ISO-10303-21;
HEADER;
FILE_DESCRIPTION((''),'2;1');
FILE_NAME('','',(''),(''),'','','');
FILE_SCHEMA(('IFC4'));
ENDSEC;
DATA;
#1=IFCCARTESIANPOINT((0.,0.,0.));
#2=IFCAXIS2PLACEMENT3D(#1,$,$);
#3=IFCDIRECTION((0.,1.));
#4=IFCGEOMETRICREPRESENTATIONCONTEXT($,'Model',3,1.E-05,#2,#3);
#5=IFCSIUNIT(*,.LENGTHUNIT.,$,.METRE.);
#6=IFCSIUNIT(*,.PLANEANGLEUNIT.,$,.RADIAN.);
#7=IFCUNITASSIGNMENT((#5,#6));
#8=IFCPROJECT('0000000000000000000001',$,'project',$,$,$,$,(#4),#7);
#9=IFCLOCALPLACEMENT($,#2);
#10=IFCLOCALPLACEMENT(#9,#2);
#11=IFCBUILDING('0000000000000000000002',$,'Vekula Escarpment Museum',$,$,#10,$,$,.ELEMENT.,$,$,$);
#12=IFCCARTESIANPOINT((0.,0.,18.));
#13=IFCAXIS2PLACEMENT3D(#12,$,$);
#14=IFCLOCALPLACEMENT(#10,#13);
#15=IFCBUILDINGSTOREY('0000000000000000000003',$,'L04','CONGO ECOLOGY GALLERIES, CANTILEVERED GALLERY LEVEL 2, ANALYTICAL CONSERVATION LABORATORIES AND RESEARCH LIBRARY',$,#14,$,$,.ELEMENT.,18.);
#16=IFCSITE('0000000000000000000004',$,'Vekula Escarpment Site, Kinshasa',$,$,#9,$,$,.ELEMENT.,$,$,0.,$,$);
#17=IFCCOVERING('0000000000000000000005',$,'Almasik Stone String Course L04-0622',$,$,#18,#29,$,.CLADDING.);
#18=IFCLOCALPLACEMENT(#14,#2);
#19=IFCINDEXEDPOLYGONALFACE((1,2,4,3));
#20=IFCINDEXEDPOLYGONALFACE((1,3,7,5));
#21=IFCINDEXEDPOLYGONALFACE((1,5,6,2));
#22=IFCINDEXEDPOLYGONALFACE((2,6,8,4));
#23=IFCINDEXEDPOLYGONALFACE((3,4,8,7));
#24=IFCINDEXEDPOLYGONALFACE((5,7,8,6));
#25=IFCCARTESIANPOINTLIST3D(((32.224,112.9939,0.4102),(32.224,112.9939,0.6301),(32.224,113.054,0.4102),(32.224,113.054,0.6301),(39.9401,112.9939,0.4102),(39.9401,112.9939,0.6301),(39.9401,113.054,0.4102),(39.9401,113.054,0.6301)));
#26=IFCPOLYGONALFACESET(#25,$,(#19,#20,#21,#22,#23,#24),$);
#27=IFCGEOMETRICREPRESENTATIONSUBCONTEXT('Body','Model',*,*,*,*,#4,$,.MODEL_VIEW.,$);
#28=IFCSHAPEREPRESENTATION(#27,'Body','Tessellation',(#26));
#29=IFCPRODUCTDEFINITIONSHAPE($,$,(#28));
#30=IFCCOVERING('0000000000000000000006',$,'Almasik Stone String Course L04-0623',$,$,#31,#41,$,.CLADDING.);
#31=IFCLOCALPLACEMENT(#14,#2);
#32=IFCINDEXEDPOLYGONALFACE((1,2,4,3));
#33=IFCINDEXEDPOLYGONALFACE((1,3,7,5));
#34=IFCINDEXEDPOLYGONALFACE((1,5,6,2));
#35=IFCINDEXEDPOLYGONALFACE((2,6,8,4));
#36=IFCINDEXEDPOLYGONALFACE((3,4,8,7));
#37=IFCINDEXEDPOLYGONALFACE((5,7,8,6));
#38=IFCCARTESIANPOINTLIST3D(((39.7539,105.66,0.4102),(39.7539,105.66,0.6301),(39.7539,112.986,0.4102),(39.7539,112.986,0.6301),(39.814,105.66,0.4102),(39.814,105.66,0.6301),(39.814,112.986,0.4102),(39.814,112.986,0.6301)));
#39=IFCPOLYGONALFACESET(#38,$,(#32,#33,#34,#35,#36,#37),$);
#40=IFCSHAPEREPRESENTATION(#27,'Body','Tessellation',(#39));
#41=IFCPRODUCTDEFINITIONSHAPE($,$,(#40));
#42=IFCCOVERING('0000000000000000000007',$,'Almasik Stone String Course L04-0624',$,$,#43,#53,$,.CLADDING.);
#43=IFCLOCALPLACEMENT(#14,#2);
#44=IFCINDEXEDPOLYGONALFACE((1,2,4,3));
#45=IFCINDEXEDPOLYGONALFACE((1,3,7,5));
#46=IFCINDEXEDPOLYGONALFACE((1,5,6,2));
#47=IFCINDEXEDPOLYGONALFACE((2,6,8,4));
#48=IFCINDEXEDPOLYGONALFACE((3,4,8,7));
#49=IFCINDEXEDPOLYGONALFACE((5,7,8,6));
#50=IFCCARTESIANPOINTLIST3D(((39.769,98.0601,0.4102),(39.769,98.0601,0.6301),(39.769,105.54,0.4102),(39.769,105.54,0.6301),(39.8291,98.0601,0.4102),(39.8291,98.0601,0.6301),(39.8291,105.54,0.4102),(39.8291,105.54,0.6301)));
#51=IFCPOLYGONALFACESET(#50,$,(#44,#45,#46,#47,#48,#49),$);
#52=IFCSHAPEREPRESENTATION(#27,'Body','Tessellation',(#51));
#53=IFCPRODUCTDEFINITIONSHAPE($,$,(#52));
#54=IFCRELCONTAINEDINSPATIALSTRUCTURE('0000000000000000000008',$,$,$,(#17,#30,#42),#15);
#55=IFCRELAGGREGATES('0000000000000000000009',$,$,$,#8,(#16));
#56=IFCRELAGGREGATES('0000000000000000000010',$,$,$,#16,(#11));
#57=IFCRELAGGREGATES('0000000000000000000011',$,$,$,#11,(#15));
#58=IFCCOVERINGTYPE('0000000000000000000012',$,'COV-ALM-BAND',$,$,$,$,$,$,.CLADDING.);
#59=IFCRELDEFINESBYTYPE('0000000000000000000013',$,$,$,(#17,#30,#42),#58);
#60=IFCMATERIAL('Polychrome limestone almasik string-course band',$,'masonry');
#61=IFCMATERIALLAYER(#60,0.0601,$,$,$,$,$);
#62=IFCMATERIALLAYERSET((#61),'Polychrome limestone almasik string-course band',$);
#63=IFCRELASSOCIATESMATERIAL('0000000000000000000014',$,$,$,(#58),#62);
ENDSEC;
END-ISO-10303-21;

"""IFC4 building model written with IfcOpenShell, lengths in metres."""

from ifc_helpers import new_model, si_unit, direction, frame, origin, origin_2d, place, context, subcontext, project, spatial, rectangle, extrude, material, layer, layer_set, type_object, element, save


model = new_model("IFC4")

# Units and contexts
model_context = context("Model", 3, precision=1e-05, world=origin(), true_north=direction((0.0, 1.0)))
body_context = subcontext(model_context, "Body", "Model", "MODEL_VIEW")
ifc_project = project(units=[si_unit("LENGTHUNIT", "METRE"), si_unit("PLANEANGLEUNIT", "RADIAN")], contexts=[model_context])

# Site, building, storey
site_placement = place(None, origin())
site = spatial("IfcSite", under=ifc_project, at=site_placement, Name="Vekula Escarpment Site, Kinshasa", CompositionType="ELEMENT", RefElevation=0.0)
building_placement = place(site_placement, origin())
building = spatial("IfcBuilding", under=site, at=building_placement, Name="Vekula Escarpment Museum", CompositionType="ELEMENT")
storey_placement = place(building_placement, frame((0.0, 0.0, 18.0)))
storey = spatial("IfcBuildingStorey", under=building, at=storey_placement, Name="L04", Description="CONGO ECOLOGY GALLERIES, CANTILEVERED GALLERY LEVEL 2, ANALYTICAL CONSERVATION LABORATORIES AND RESEARCH LIBRARY", CompositionType="ELEMENT", Elevation=18.0)

# Coverings
ifc_material_1 = material(Name="Polychrome limestone almasik string-course band", Category="masonry")
ifc_layer_1 = layer(ifc_material_1, 0.0601)
ifc_layer_set_1 = layer_set([ifc_layer_1], Name="Polychrome limestone almasik string-course band")
covering_type = type_object("IfcCoveringType", Name="COV-ALM-BAND", PredefinedType="CLADDING", material=ifc_layer_set_1)
covering_1_placement = place(storey_placement, frame((36.082, 113.0239, 0.4102), z_axis=(0.0, 0.0, 1.0), x_axis=(1.0, 0.0, 0.0)))
element("IfcCovering", 1, at=covering_1_placement, inside=storey, type_object=covering_type, Name="Almasik Stone String Course L04-0622", PredefinedType="CLADDING", context=body_context, shape_type="SweptSolid", body=[
    extrude(rectangle(XDim=7.7161, YDim=0.0601, at=origin_2d()), origin(), (0.0, 0.0, 1.0), 0.22),
])
covering_2_placement = place(storey_placement, frame((39.7839, 109.323, 0.4102), z_axis=(0.0, 0.0, 1.0), x_axis=(0.0, 1.0, 0.0)))
element("IfcCovering", 2, at=covering_2_placement, inside=storey, type_object=covering_type, Name="Almasik Stone String Course L04-0623", PredefinedType="CLADDING", context=body_context, shape_type="SweptSolid", body=[
    extrude(rectangle(XDim=7.3259, YDim=0.0601, at=origin_2d()), origin(), (0.0, 0.0, 1.0), 0.22),
])
covering_3_placement = place(storey_placement, frame((39.7991, 101.8, 0.4102), z_axis=(0.0, 0.0, 1.0), x_axis=(0.0, 1.0, 0.0)))
element("IfcCovering", 3, at=covering_3_placement, inside=storey, type_object=covering_type, Name="Almasik Stone String Course L04-0624", PredefinedType="CLADDING", context=body_context, shape_type="SweptSolid", body=[
    extrude(rectangle(XDim=7.48, YDim=0.0601, at=origin_2d()), origin(), (0.0, 0.0, 1.0), 0.22),
])

save(model, "model.ifc")
